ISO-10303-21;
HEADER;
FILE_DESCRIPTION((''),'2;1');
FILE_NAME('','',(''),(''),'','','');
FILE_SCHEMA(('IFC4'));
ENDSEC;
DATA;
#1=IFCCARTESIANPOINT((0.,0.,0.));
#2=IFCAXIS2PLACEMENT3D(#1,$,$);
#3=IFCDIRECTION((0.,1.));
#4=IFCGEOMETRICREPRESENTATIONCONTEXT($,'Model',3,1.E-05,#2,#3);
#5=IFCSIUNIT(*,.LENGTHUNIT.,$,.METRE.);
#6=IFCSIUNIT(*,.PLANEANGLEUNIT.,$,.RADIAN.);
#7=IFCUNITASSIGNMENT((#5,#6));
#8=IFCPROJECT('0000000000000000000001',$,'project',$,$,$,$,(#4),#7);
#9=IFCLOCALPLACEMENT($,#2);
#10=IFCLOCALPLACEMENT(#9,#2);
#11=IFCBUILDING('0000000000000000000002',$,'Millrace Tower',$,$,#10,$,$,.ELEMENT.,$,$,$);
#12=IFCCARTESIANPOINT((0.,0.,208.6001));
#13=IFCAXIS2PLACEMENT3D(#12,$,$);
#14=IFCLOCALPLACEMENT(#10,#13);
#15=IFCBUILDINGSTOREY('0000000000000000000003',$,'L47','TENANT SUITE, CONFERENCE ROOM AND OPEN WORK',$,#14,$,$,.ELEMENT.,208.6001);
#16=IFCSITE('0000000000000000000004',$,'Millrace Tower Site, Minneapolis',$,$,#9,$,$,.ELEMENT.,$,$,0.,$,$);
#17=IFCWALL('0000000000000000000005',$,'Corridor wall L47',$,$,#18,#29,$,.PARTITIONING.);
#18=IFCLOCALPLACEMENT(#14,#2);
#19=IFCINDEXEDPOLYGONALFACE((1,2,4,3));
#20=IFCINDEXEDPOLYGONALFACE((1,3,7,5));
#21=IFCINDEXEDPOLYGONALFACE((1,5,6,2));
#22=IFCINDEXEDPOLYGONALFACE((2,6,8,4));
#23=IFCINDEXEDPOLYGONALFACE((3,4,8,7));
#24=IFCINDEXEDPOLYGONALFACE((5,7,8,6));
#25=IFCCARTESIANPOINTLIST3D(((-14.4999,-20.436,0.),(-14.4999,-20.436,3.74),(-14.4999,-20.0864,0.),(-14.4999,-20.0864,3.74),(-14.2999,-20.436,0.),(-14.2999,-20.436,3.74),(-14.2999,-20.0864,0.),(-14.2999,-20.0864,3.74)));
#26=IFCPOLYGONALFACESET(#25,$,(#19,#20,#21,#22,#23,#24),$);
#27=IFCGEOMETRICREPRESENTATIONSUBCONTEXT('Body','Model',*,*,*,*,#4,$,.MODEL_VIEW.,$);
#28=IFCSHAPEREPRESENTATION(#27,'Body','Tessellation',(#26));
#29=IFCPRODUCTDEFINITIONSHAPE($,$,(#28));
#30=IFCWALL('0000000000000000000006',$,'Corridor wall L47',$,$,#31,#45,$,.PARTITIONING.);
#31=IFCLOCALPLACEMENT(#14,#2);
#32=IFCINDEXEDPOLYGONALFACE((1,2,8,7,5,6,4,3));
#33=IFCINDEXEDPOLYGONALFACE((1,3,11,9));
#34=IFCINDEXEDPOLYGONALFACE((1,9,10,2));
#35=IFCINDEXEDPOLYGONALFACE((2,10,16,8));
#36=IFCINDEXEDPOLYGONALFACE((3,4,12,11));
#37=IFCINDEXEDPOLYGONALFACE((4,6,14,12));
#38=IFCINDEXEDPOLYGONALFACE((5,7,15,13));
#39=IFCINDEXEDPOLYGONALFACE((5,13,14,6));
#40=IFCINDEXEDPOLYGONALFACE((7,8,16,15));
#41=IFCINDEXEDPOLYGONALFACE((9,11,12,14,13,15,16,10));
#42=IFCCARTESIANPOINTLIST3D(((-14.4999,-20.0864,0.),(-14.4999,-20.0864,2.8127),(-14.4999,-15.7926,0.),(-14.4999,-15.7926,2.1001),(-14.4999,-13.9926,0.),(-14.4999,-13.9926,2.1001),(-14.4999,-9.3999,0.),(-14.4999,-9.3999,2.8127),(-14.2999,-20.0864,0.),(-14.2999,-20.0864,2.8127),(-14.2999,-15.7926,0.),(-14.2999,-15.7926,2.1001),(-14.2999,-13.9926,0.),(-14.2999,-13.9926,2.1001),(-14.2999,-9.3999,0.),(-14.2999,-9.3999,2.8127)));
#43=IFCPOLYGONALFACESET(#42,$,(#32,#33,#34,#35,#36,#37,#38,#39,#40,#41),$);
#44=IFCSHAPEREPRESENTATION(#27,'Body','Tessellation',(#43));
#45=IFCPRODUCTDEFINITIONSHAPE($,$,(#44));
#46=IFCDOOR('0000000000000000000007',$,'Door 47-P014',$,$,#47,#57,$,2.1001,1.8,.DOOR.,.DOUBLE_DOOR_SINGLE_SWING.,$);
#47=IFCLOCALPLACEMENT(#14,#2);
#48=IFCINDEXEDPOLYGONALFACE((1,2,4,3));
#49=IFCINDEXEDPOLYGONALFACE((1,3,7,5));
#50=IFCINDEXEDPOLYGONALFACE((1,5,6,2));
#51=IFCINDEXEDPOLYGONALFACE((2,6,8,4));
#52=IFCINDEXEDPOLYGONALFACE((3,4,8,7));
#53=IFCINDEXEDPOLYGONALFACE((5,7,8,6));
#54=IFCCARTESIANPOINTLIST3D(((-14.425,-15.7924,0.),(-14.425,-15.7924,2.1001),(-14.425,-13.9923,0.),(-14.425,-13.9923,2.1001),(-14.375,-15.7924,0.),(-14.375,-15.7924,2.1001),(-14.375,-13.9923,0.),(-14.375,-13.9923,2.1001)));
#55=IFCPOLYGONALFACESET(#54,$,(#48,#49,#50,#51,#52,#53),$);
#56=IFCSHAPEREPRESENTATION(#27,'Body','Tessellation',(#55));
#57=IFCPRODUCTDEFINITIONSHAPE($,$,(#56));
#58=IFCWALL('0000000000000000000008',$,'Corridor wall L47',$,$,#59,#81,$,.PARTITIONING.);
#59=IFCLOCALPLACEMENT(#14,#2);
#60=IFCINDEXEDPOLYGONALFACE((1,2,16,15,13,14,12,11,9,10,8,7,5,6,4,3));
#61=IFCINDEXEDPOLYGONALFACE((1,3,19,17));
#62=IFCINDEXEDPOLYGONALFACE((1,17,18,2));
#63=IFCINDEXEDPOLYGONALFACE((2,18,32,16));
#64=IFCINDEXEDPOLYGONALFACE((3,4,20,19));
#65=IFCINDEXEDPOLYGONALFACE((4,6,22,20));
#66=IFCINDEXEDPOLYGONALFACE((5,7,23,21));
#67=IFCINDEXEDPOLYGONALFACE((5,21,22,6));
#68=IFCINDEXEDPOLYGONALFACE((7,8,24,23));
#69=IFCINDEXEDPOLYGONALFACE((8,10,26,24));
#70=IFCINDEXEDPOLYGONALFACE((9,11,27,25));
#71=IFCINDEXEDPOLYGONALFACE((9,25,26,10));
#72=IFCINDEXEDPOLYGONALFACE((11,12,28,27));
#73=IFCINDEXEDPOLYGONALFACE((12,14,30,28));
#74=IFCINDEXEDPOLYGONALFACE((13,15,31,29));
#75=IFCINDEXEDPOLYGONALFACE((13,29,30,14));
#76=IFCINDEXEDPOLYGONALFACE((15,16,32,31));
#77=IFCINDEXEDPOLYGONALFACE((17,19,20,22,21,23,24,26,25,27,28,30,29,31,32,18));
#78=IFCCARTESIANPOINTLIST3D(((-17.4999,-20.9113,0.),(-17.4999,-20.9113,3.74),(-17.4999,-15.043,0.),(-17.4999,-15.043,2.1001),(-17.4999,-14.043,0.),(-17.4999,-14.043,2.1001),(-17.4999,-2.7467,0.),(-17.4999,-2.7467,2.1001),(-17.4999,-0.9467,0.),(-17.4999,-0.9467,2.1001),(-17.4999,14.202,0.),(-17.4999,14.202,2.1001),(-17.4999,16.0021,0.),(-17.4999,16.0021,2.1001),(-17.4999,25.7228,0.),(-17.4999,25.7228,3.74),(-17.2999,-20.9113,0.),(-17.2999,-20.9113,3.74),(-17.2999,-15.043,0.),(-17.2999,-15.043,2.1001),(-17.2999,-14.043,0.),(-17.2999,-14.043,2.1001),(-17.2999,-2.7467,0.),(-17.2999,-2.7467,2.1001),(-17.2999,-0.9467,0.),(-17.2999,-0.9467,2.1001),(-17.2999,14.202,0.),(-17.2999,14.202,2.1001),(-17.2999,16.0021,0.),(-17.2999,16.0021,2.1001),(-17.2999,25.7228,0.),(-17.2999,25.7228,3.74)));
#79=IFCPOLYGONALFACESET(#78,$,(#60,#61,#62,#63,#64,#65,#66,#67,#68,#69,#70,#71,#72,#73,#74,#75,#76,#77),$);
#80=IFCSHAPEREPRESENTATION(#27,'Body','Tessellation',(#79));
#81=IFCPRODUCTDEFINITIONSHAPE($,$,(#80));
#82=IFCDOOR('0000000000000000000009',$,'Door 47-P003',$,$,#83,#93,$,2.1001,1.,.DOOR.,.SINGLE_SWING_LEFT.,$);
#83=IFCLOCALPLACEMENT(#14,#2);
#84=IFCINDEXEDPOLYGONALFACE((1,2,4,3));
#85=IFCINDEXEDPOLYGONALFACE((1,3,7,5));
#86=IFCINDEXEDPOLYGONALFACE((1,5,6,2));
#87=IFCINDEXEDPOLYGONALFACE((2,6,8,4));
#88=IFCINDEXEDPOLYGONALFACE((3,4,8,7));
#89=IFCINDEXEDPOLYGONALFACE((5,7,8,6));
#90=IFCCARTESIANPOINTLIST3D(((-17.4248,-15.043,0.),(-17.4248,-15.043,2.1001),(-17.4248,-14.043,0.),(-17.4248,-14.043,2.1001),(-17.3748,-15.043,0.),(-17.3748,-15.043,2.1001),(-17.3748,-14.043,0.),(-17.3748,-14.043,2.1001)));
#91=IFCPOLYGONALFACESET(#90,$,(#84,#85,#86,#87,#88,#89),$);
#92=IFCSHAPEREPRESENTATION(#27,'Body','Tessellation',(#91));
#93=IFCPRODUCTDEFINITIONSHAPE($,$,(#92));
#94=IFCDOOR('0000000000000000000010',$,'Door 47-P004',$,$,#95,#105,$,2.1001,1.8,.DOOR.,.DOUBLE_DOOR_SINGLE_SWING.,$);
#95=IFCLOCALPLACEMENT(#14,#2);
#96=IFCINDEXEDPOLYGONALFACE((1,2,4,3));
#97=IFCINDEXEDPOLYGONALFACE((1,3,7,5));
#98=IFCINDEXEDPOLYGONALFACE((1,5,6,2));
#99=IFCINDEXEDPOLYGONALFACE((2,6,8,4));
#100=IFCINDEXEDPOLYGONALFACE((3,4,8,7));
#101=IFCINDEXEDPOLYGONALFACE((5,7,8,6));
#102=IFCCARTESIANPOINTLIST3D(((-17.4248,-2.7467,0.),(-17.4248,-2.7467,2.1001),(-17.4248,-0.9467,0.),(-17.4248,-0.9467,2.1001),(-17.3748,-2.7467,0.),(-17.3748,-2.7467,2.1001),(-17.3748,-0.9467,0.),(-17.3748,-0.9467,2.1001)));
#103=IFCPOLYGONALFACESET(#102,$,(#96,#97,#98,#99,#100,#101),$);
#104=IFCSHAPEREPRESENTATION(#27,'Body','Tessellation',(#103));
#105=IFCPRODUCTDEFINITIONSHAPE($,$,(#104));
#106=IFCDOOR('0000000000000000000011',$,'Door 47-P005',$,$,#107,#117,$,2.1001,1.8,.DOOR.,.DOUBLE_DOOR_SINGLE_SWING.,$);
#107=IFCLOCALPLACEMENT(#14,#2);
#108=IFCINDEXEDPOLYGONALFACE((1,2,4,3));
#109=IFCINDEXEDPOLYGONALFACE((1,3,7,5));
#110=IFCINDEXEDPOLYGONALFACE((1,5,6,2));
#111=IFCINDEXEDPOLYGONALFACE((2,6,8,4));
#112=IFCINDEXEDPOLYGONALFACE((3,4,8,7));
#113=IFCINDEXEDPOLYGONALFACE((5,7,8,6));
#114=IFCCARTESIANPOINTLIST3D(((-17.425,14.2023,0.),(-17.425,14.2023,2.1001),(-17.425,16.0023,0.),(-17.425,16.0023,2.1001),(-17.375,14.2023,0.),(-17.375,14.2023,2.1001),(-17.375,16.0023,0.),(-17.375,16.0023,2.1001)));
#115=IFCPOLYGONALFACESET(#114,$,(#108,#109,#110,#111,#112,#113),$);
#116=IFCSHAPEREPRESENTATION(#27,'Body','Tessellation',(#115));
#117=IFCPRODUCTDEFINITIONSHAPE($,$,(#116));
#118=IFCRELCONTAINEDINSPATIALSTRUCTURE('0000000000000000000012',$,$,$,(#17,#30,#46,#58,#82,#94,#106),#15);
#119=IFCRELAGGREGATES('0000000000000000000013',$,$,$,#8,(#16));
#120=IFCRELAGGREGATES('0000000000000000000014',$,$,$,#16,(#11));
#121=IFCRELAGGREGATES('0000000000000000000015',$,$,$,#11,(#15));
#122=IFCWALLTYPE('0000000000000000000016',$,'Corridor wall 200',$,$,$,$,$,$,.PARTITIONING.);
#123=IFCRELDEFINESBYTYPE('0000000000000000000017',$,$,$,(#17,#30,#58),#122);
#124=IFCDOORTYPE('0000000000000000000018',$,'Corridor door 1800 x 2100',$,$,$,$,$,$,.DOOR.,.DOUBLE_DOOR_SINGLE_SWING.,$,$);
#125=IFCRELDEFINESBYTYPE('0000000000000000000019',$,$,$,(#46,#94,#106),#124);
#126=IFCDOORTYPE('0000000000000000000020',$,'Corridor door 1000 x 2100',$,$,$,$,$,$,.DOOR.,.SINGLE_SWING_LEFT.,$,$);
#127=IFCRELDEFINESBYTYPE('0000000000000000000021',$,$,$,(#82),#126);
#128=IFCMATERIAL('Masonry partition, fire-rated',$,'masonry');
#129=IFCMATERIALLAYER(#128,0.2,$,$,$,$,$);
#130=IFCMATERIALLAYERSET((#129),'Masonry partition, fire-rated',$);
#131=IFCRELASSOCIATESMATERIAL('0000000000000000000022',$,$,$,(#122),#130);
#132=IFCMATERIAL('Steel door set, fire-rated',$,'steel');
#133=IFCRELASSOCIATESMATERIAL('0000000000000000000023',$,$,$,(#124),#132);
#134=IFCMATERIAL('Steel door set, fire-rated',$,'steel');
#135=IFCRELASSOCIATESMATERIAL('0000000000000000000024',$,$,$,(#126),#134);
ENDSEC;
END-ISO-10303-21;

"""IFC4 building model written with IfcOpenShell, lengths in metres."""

from ifc_helpers import new_model, si_unit, direction, frame, frame_2d, origin, place, context, subcontext, project, spatial, rectangle, extrude, material, layer, layer_set, type_object, element, fill, save


model = new_model("IFC4")

# Units and contexts
model_context = context("Model", 3, precision=1e-05, world=origin(), true_north=direction((0.0, 1.0)))
body_context = subcontext(model_context, "Body", "Model", "MODEL_VIEW")
ifc_project = project(units=[si_unit("LENGTHUNIT", "METRE"), si_unit("PLANEANGLEUNIT", "RADIAN")], contexts=[model_context])

# Site, building, storey
site_placement = place(None, origin())
site = spatial("IfcSite", under=ifc_project, at=site_placement, Name="Millrace Tower Site, Minneapolis", CompositionType="ELEMENT", RefElevation=0.0)
building_placement = place(site_placement, origin())
building = spatial("IfcBuilding", under=site, at=building_placement, Name="Millrace Tower", CompositionType="ELEMENT")
storey_placement = place(building_placement, frame((0.0, 0.0, 208.6001)))
storey = spatial("IfcBuildingStorey", under=building, at=storey_placement, Name="L47", Description="TENANT SUITE, CONFERENCE ROOM AND OPEN WORK", CompositionType="ELEMENT", Elevation=208.6001)

# Wall
ifc_material_1 = material(Name="Masonry partition, fire-rated", Category="masonry")
ifc_layer_1 = layer(ifc_material_1, 0.2)
ifc_layer_set_1 = layer_set([ifc_layer_1], Name="Masonry partition, fire-rated")
wall_type = type_object("IfcWallType", Name="Corridor wall 200", PredefinedType="PARTITIONING", material=ifc_layer_set_1)
wall_1_placement = place(storey_placement, frame((-14.3999, -20.436, 0.0), z_axis=(0.0, 0.0, 1.0), x_axis=(0.0, 1.0, 0.0)))
element("IfcWall", 1, at=wall_1_placement, inside=storey, type_object=wall_type, Name="Corridor wall L47", PredefinedType="PARTITIONING", context=body_context, shape_type="SweptSolid", body=[
    extrude(rectangle(XDim=0.3496, YDim=0.2, at=frame_2d((0.1748, 0.0))), origin(), (0.0, 0.0, 1.0), 3.74),
])

# Wall, opening, door
wall_2_placement = place(storey_placement, frame((-14.3999, -20.0864, 0.0), z_axis=(0.0, 0.0, 1.0), x_axis=(0.0, 1.0, 0.0)))
wall_2 = element("IfcWall", 2, at=wall_2_placement, inside=storey, type_object=wall_type, Name="Corridor wall L47", PredefinedType="PARTITIONING", context=body_context, shape_type="SweptSolid", body=[
    extrude(rectangle(XDim=10.6865, YDim=0.2, at=frame_2d((5.3433, 0.0))), origin(), (0.0, 0.0, 1.0), 2.8127),
])
opening_1_placement = place(wall_2_placement, frame((4.2939, 0.0, 0.0)))
opening_1 = element("IfcOpeningElement", 3, at=opening_1_placement, cuts=wall_2, PredefinedType="OPENING", context=body_context, shape_type="SweptSolid", body=[
    extrude(rectangle(XDim=1.8, YDim=2.1001, at=frame_2d((0.8999, 1.05))), frame((0.0, 0.1099, 0.0), z_axis=(0.0, -1.0, 0.0), x_axis=(1.0, 0.0, 0.0)), (0.0, 0.0, 1.0), 0.22),
])
ifc_material_2 = material(Name="Steel door set, fire-rated", Category="steel")
door_type_1 = type_object("IfcDoorType", Name="Corridor door 1800 x 2100", OperationType="DOUBLE_DOOR_SINGLE_SWING", PredefinedType="DOOR", material=ifc_material_2)
door_1_placement = place(opening_1_placement, frame((1.8, 0.0, 0.0), z_axis=(0.0, 0.0, 1.0), x_axis=(-1.0, 0.0, 0.0)))
door_1 = element("IfcDoor", 4, at=door_1_placement, inside=storey, type_object=door_type_1, Name="Door 47-P014", OperationType="DOUBLE_DOOR_SINGLE_SWING", OverallHeight=2.1001, OverallWidth=1.8, PredefinedType="DOOR", context=body_context, shape_type="SweptSolid", body=[
    extrude(rectangle(XDim=1.8, YDim=2.1001, at=frame_2d((0.8999, 1.05))), frame((0.0, 0.0249, 0.0), z_axis=(0.0, -1.0, 0.0), x_axis=(1.0, 0.0, 0.0)), (0.0, 0.0, 1.0), 0.05),
])
fill(opening_1, door_1)

# Wall, openings, doors
wall_3_placement = place(storey_placement, frame((-17.3999, -20.9111, 0.0), z_axis=(0.0, 0.0, 1.0), x_axis=(0.0, 1.0, 0.0)))
wall_3 = element("IfcWall", 5, at=wall_3_placement, inside=storey, type_object=wall_type, Name="Corridor wall L47", PredefinedType="PARTITIONING", context=body_context, shape_type="SweptSolid", body=[
    extrude(rectangle(XDim=46.634, YDim=0.2, at=frame_2d((23.3169, 0.0))), origin(), (0.0, 0.0, 1.0), 3.74),
])
opening_2_placement = place(wall_3_placement, frame((5.8682, 0.0, 0.0)))
opening_2 = element("IfcOpeningElement", 6, at=opening_2_placement, cuts=wall_3, PredefinedType="OPENING", context=body_context, shape_type="SweptSolid", body=[
    extrude(rectangle(XDim=1.0, YDim=2.1001, at=frame_2d((0.5, 1.05))), frame((0.0, 0.1099, 0.0), z_axis=(0.0, -1.0, 0.0), x_axis=(1.0, 0.0, 0.0)), (0.0, 0.0, 1.0), 0.22),
])
opening_3_placement = place(wall_3_placement, frame((18.1646, 0.0, 0.0)))
opening_3 = element("IfcOpeningElement", 7, at=opening_3_placement, cuts=wall_3, PredefinedType="OPENING", context=body_context, shape_type="SweptSolid", body=[
    extrude(rectangle(XDim=1.8, YDim=2.1001, at=frame_2d((0.8999, 1.05))), frame((0.0, 0.1099, 0.0), z_axis=(0.0, -1.0, 0.0), x_axis=(1.0, 0.0, 0.0)), (0.0, 0.0, 1.0), 0.22),
])
opening_4_placement = place(wall_3_placement, frame((35.1133, 0.0, 0.0)))
opening_4 = element("IfcOpeningElement", 8, at=opening_4_placement, cuts=wall_3, PredefinedType="OPENING", context=body_context, shape_type="SweptSolid", body=[
    extrude(rectangle(XDim=1.8, YDim=2.1001, at=frame_2d((0.8999, 1.05))), frame((0.0, 0.1099, 0.0), z_axis=(0.0, -1.0, 0.0), x_axis=(1.0, 0.0, 0.0)), (0.0, 0.0, 1.0), 0.22),
])
ifc_material_3 = material(Name="Steel door set, fire-rated", Category="steel")
door_type_2 = type_object("IfcDoorType", Name="Corridor door 1000 x 2100", OperationType="SINGLE_SWING_LEFT", PredefinedType="DOOR", material=ifc_material_3)
door_2_placement = place(opening_2_placement, origin())
door_2 = element("IfcDoor", 9, at=door_2_placement, inside=storey, type_object=door_type_2, Name="Door 47-P003", OperationType="SINGLE_SWING_LEFT", OverallHeight=2.1001, OverallWidth=1.0, PredefinedType="DOOR", context=body_context, shape_type="SweptSolid", body=[
    extrude(rectangle(XDim=1.0, YDim=2.1001, at=frame_2d((0.5, 1.05))), frame((0.0, 0.0249, 0.0), z_axis=(0.0, -1.0, 0.0), x_axis=(1.0, 0.0, 0.0)), (0.0, 0.0, 1.0), 0.05),
])
fill(opening_2, door_2)
door_3_placement = place(opening_3_placement, origin())
door_3 = element("IfcDoor", 10, at=door_3_placement, inside=storey, type_object=door_type_1, Name="Door 47-P004", OperationType="DOUBLE_DOOR_SINGLE_SWING", OverallHeight=2.1001, OverallWidth=1.8, PredefinedType="DOOR", context=body_context, shape_type="SweptSolid", body=[
    extrude(rectangle(XDim=1.8, YDim=2.1001, at=frame_2d((0.8999, 1.05))), frame((0.0, 0.0249, 0.0), z_axis=(0.0, -1.0, 0.0), x_axis=(1.0, 0.0, 0.0)), (0.0, 0.0, 1.0), 0.05),
])
fill(opening_3, door_3)
door_4_placement = place(opening_4_placement, frame((1.8, 0.0, 0.0), z_axis=(0.0, 0.0, 1.0), x_axis=(-1.0, 0.0, 0.0)))
door_4 = element("IfcDoor", 11, at=door_4_placement, inside=storey, type_object=door_type_1, Name="Door 47-P005", OperationType="DOUBLE_DOOR_SINGLE_SWING", OverallHeight=2.1001, OverallWidth=1.8, PredefinedType="DOOR", context=body_context, shape_type="SweptSolid", body=[
    extrude(rectangle(XDim=1.8, YDim=2.1001, at=frame_2d((0.8999, 1.05))), frame((0.0, 0.0249, 0.0), z_axis=(0.0, -1.0, 0.0), x_axis=(1.0, 0.0, 0.0)), (0.0, 0.0, 1.0), 0.05),
])
fill(opening_4, door_4)

save(model, "model.ifc")
